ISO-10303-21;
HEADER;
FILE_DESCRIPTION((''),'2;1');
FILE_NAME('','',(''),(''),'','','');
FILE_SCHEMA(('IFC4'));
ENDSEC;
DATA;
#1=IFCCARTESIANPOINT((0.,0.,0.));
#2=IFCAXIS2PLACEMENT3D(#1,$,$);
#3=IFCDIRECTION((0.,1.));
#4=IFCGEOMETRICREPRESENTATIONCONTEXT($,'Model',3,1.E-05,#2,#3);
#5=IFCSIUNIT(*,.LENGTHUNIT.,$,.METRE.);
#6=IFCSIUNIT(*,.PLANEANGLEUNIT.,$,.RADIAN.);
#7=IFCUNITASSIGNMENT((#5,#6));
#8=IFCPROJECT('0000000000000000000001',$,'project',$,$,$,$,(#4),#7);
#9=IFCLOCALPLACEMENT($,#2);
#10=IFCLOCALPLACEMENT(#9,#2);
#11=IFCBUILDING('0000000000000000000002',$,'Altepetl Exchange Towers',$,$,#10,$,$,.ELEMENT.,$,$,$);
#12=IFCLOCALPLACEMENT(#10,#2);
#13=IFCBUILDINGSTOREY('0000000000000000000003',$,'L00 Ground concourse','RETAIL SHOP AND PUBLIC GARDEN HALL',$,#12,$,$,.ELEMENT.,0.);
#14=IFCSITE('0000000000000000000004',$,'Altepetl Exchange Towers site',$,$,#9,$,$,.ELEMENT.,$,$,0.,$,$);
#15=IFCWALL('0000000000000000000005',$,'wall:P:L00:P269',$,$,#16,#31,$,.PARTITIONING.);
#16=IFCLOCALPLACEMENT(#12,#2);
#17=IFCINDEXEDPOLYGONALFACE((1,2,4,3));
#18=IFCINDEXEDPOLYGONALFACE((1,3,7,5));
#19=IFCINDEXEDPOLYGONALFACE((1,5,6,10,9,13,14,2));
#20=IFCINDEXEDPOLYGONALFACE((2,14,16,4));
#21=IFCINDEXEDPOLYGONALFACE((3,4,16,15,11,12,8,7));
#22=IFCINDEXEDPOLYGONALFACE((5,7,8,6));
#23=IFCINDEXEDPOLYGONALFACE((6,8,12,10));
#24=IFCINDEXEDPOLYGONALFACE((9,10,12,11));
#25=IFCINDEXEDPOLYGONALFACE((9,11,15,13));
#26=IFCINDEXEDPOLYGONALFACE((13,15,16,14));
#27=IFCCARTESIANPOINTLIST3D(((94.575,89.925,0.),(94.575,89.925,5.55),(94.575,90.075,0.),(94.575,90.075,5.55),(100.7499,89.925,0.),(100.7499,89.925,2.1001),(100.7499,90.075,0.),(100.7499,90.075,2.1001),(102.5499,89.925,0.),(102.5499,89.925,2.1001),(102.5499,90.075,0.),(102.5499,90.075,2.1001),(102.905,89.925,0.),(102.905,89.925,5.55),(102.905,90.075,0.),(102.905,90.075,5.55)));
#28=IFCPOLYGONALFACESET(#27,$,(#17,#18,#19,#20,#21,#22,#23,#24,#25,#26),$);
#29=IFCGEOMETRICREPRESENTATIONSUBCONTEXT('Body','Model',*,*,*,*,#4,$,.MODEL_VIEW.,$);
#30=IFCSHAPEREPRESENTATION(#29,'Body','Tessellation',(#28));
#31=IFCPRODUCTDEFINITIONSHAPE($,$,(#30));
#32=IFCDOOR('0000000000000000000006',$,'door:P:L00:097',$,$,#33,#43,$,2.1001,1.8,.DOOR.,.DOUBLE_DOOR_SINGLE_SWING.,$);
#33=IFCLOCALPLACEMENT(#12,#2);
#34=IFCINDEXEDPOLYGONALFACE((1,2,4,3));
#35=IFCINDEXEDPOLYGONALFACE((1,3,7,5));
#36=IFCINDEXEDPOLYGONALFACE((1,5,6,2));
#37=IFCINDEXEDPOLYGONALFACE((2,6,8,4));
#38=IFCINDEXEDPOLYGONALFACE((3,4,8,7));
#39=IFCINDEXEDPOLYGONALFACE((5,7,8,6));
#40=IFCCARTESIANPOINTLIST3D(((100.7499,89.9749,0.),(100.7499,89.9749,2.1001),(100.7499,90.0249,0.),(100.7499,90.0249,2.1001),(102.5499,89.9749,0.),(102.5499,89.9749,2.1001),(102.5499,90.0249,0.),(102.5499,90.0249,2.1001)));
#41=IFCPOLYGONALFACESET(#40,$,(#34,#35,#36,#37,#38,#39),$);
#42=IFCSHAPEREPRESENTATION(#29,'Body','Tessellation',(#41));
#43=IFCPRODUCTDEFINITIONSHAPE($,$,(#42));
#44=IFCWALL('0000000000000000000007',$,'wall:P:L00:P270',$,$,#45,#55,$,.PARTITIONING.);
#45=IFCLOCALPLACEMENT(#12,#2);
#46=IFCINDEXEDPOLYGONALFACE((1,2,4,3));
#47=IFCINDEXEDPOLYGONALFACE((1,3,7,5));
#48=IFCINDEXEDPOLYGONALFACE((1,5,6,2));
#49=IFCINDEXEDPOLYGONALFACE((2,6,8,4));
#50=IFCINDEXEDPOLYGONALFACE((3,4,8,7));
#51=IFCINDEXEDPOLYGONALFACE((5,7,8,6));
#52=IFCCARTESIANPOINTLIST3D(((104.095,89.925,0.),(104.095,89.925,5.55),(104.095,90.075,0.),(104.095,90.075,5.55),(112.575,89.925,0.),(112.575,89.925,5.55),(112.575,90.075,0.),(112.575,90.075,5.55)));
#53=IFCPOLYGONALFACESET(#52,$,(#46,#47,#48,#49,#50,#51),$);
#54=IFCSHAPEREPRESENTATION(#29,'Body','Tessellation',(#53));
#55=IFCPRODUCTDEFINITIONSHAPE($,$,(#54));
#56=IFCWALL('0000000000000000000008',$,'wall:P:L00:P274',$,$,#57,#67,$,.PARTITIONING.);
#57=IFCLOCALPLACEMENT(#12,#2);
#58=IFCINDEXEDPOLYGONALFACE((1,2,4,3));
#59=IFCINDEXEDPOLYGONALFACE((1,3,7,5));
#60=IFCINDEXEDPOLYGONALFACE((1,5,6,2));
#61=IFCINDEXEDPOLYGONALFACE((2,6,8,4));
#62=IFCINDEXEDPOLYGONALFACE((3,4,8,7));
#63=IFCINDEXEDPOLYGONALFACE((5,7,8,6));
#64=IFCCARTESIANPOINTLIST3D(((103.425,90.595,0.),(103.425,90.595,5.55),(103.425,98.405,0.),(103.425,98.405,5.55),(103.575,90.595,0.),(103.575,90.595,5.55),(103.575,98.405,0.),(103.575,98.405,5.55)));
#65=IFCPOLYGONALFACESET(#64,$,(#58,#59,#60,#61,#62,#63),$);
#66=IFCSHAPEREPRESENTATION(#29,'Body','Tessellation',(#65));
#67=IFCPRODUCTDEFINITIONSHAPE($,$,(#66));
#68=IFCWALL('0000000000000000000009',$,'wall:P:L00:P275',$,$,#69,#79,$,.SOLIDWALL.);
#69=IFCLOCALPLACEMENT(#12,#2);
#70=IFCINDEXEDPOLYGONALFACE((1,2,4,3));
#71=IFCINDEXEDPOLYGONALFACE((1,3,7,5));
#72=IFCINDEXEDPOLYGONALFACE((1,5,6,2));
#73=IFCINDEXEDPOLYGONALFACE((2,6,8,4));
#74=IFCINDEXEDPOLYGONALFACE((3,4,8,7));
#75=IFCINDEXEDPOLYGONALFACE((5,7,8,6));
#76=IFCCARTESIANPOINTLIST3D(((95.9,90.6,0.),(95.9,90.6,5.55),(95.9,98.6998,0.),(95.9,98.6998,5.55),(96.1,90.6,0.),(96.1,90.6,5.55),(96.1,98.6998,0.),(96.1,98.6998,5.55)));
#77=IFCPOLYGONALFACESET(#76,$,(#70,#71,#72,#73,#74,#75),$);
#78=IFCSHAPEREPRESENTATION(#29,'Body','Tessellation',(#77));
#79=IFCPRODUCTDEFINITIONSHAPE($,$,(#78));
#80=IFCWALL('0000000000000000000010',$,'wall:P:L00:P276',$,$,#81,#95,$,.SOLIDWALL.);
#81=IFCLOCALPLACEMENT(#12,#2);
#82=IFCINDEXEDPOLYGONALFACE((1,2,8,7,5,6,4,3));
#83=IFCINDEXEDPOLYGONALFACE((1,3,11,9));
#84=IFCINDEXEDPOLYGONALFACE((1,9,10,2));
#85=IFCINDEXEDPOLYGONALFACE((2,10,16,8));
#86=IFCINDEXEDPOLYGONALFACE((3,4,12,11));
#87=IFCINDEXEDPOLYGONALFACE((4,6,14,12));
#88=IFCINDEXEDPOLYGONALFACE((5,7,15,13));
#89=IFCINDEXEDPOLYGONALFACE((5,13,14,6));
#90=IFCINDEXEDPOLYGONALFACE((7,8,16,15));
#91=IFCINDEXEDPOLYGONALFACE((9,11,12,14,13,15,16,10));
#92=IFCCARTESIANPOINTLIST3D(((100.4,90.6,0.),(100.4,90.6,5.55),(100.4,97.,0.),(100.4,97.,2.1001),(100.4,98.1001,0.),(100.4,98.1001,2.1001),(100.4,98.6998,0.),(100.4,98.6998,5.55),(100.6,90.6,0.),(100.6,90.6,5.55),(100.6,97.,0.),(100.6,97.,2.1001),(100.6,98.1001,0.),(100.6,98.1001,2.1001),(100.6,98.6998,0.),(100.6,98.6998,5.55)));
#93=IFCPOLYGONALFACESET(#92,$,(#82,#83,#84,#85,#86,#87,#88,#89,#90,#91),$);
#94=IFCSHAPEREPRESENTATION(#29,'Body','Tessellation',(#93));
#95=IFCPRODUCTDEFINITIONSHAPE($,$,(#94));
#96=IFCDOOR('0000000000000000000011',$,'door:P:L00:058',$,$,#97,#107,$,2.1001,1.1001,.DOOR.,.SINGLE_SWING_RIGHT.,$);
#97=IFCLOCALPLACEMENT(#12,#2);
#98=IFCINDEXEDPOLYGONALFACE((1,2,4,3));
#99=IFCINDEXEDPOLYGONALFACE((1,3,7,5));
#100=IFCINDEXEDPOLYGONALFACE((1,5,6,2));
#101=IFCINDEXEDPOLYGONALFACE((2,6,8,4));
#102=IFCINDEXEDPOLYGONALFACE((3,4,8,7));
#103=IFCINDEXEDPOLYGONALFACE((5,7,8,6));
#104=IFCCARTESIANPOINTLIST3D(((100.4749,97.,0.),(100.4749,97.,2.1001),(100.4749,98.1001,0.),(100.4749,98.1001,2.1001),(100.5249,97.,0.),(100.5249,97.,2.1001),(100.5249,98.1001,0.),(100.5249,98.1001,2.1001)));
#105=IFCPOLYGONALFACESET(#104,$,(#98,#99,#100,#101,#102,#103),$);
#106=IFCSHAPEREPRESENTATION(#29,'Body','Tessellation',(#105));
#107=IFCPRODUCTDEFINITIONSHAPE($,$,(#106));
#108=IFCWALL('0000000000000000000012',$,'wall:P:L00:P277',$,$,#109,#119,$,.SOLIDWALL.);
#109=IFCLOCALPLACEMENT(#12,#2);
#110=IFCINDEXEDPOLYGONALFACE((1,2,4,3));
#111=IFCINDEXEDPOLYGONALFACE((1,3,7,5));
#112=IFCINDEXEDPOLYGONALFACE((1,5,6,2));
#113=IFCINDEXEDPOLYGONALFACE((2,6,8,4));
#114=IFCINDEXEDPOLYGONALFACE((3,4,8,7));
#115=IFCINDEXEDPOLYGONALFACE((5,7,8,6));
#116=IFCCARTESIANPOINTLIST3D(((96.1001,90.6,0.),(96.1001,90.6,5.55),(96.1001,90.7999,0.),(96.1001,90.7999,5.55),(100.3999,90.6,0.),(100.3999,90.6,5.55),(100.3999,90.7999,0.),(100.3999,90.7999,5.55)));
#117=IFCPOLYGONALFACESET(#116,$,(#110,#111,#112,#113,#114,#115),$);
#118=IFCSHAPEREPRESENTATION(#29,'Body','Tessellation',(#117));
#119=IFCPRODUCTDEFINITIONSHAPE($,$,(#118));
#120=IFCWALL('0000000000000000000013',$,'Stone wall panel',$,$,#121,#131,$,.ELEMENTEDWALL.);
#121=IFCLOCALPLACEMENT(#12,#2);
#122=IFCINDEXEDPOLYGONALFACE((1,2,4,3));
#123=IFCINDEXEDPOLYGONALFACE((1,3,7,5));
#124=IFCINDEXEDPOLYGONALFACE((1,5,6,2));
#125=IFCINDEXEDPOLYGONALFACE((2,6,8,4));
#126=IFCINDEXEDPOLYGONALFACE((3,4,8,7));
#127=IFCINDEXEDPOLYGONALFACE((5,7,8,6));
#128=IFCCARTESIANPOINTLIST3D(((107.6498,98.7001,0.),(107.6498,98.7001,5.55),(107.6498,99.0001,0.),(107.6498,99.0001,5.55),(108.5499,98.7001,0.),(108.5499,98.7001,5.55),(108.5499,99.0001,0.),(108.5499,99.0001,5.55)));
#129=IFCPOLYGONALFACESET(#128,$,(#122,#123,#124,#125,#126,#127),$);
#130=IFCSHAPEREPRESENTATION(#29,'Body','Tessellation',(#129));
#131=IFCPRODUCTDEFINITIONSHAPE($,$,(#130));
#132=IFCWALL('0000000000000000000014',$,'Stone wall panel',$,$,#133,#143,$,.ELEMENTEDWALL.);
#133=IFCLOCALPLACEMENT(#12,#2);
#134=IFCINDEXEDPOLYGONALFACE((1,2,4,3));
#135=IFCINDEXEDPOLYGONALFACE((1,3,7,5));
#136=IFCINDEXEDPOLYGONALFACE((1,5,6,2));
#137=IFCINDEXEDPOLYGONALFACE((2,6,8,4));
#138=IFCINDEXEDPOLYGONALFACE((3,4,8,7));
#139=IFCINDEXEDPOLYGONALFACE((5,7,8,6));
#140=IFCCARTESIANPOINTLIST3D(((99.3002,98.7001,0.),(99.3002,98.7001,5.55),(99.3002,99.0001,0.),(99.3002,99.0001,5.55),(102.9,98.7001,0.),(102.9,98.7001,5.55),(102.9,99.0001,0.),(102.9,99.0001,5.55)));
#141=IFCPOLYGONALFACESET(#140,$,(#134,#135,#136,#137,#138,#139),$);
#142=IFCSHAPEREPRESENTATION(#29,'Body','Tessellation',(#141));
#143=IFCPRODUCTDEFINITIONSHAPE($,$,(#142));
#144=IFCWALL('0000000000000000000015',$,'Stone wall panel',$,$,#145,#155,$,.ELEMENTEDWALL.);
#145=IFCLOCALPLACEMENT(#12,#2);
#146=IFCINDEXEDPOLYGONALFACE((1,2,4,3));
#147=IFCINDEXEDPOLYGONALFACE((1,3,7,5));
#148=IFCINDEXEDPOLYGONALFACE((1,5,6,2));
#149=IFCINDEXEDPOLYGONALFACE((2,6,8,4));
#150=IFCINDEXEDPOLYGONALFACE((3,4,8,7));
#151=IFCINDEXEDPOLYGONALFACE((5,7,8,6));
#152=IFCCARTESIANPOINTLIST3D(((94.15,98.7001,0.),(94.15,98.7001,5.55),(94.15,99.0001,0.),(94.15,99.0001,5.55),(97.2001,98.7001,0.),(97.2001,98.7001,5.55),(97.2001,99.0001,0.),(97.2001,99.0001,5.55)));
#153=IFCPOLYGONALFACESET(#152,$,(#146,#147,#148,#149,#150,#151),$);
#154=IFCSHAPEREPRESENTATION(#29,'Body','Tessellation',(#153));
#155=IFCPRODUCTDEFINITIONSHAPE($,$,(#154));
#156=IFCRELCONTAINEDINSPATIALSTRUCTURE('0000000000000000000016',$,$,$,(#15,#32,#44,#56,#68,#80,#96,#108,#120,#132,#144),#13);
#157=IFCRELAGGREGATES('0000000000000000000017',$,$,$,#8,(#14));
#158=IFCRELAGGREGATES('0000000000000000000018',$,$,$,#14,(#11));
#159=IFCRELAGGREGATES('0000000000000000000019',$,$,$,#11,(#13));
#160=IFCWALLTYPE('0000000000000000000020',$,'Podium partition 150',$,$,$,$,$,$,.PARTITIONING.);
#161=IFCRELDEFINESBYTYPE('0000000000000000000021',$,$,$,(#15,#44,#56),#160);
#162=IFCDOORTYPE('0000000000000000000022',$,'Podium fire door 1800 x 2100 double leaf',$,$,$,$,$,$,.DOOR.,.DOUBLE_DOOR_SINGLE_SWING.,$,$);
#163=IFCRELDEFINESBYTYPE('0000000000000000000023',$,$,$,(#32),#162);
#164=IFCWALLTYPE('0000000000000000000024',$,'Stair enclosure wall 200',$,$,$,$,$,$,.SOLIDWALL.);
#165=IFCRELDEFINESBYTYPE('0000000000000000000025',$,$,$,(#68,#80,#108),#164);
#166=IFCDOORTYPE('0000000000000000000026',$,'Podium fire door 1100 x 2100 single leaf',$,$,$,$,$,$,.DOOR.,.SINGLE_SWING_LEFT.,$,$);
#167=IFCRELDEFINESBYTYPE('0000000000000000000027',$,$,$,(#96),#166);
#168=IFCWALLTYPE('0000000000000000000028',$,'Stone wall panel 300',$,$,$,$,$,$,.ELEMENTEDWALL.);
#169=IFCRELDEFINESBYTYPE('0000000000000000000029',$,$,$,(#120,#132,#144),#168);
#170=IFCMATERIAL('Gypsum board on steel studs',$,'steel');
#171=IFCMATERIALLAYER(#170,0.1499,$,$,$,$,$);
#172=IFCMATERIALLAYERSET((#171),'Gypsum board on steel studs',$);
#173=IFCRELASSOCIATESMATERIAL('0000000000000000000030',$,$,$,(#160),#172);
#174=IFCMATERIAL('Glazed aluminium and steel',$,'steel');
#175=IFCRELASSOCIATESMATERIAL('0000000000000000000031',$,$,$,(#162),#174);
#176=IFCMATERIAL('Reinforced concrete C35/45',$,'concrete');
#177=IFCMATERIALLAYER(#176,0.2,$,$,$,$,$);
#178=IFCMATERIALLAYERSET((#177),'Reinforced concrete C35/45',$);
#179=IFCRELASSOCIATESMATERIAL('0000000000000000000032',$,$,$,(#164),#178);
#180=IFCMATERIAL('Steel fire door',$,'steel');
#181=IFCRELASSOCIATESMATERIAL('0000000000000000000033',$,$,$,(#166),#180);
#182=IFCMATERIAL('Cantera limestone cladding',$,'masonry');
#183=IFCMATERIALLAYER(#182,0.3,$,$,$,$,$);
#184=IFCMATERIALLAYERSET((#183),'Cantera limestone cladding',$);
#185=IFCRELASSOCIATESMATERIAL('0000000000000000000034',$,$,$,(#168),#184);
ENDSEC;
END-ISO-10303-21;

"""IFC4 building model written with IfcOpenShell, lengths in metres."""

from ifc_helpers import new_model, si_unit, direction, frame, frame_2d, origin, place, context, subcontext, project, spatial, rectangle, extrude, material, layer, layer_set, type_object, element, fill, save


model = new_model("IFC4")

# Units and contexts
model_context = context("Model", 3, precision=1e-05, world=origin(), true_north=direction((0.0, 1.0)))
body_context = subcontext(model_context, "Body", "Model", "MODEL_VIEW")
ifc_project = project(units=[si_unit("LENGTHUNIT", "METRE"), si_unit("PLANEANGLEUNIT", "RADIAN")], contexts=[model_context])

# Site, building, storey
site_placement = place(None, origin())
site = spatial("IfcSite", under=ifc_project, at=site_placement, Name="Altepetl Exchange Towers site", CompositionType="ELEMENT", RefElevation=0.0)
building_placement = place(site_placement, origin())
building = spatial("IfcBuilding", under=site, at=building_placement, Name="Altepetl Exchange Towers", CompositionType="ELEMENT")
storey_placement = place(building_placement, origin())
storey = spatial("IfcBuildingStorey", under=building, at=storey_placement, Name="L00 Ground concourse", Description="RETAIL SHOP AND PUBLIC GARDEN HALL", CompositionType="ELEMENT", Elevation=0.0)

# Shared definitions
ifc_material_1 = material(Name="Gypsum board on steel studs", Category="steel")
ifc_layer_1 = layer(ifc_material_1, 0.1499)
ifc_layer_set_1 = layer_set([ifc_layer_1], Name="Gypsum board on steel studs")
wall_type_1 = type_object("IfcWallType", Name="Podium partition 150", PredefinedType="PARTITIONING", material=ifc_layer_set_1)
ifc_material_2 = material(Name="Glazed aluminium and steel", Category="steel")
door_type_1 = type_object("IfcDoorType", Name="Podium fire door 1800 x 2100 double leaf", OperationType="DOUBLE_DOOR_SINGLE_SWING", PredefinedType="DOOR", material=ifc_material_2)

# Wall, opening, door
wall_1_placement = place(storey_placement, frame((94.575, 90.0, 0.0)))
wall_1 = element("IfcWall", 1, at=wall_1_placement, inside=storey, type_object=wall_type_1, Name="wall:P:L00:P269", PredefinedType="PARTITIONING", context=body_context, shape_type="SweptSolid", body=[
    extrude(rectangle(XDim=8.3301, YDim=0.1499, at=frame_2d((4.165, 0.0))), origin(), (0.0, 0.0, 1.0), 5.55),
])
opening_1_placement = place(wall_1_placement, frame((6.175, 0.0, 0.0)))
opening_1 = element("IfcOpeningElement", 2, at=opening_1_placement, cuts=wall_1, PredefinedType="OPENING", context=body_context, shape_type="SweptSolid", body=[
    extrude(rectangle(XDim=1.8, YDim=2.1001, at=frame_2d((0.8999, 1.05))), frame((0.0, 0.085, 0.0), z_axis=(0.0, -1.0, 0.0), x_axis=(1.0, 0.0, 0.0)), (0.0, 0.0, 1.0), 0.1699),
])
door_1_placement = place(opening_1_placement, origin())
door_1 = element("IfcDoor", 3, at=door_1_placement, inside=storey, type_object=door_type_1, Name="door:P:L00:097", OperationType="DOUBLE_DOOR_SINGLE_SWING", OverallHeight=2.1001, OverallWidth=1.8, PredefinedType="DOOR", context=body_context, shape_type="SweptSolid", body=[
    extrude(rectangle(XDim=1.8, YDim=2.1001, at=frame_2d((0.8999, 1.05))), frame((0.0, 0.0249, 0.0), z_axis=(0.0, -1.0, 0.0), x_axis=(1.0, 0.0, 0.0)), (0.0, 0.0, 1.0), 0.05),
])
fill(opening_1, door_1)

# Walls
wall_2_placement = place(storey_placement, frame((104.095, 90.0, 0.0)))
element("IfcWall", 4, at=wall_2_placement, inside=storey, type_object=wall_type_1, Name="wall:P:L00:P270", PredefinedType="PARTITIONING", context=body_context, shape_type="SweptSolid", body=[
    extrude(rectangle(XDim=8.48, YDim=0.1499, at=frame_2d((4.24, 0.0))), origin(), (0.0, 0.0, 1.0), 5.55),
])
wall_3_placement = place(storey_placement, frame((103.5, 90.595, 0.0), z_axis=(0.0, 0.0, 1.0), x_axis=(0.0, 1.0, 0.0)))
element("IfcWall", 5, at=wall_3_placement, inside=storey, type_object=wall_type_1, Name="wall:P:L00:P274", PredefinedType="PARTITIONING", context=body_context, shape_type="SweptSolid", body=[
    extrude(rectangle(XDim=7.8101, YDim=0.1499, at=frame_2d((3.905, 0.0))), origin(), (0.0, 0.0, 1.0), 5.55),
])
ifc_material_3 = material(Name="Reinforced concrete C35/45", Category="concrete")
ifc_layer_2 = layer(ifc_material_3, 0.2)
ifc_layer_set_2 = layer_set([ifc_layer_2], Name="Reinforced concrete C35/45")
wall_type_2 = type_object("IfcWallType", Name="Stair enclosure wall 200", PredefinedType="SOLIDWALL", material=ifc_layer_set_2)
wall_4_placement = place(storey_placement, frame((96.0, 90.6001, 0.0), z_axis=(0.0, 0.0, 1.0), x_axis=(0.0, 1.0, 0.0)))
element("IfcWall", 6, at=wall_4_placement, inside=storey, type_object=wall_type_2, Name="wall:P:L00:P275", PredefinedType="SOLIDWALL", context=body_context, shape_type="SweptSolid", body=[
    extrude(rectangle(XDim=8.0999, YDim=0.2, at=frame_2d((4.0498, 0.0))), origin(), (0.0, 0.0, 1.0), 5.55),
])

# Wall, opening, door
wall_5_placement = place(storey_placement, frame((100.5, 90.6001, 0.0), z_axis=(0.0, 0.0, 1.0), x_axis=(0.0, 1.0, 0.0)))
wall_5 = element("IfcWall", 7, at=wall_5_placement, inside=storey, type_object=wall_type_2, Name="wall:P:L00:P276", PredefinedType="SOLIDWALL", context=body_context, shape_type="SweptSolid", body=[
    extrude(rectangle(XDim=8.0999, YDim=0.2, at=frame_2d((4.0498, 0.0))), origin(), (0.0, 0.0, 1.0), 5.55),
])
opening_2_placement = place(wall_5_placement, frame((6.3999, 0.0, 0.0)))
opening_2 = element("IfcOpeningElement", 8, at=opening_2_placement, cuts=wall_5, PredefinedType="OPENING", context=body_context, shape_type="SweptSolid", body=[
    extrude(rectangle(XDim=1.1001, YDim=2.1001, at=frame_2d((0.55, 1.05))), frame((0.0, 0.1099, 0.0), z_axis=(0.0, -1.0, 0.0), x_axis=(1.0, 0.0, 0.0)), (0.0, 0.0, 1.0), 0.22),
])
ifc_material_4 = material(Name="Steel fire door", Category="steel")
door_type_2 = type_object("IfcDoorType", Name="Podium fire door 1100 x 2100 single leaf", OperationType="SINGLE_SWING_LEFT", PredefinedType="DOOR", material=ifc_material_4)
door_2_placement = place(opening_2_placement, frame((1.1001, 0.0, 0.0), x_axis=(-1.0, 0.0, 0.0)))
door_2 = element("IfcDoor", 9, at=door_2_placement, inside=storey, type_object=door_type_2, Name="door:P:L00:058", OperationType="SINGLE_SWING_RIGHT", OverallHeight=2.1001, OverallWidth=1.1001, PredefinedType="DOOR", context=body_context, shape_type="SweptSolid", body=[
    extrude(rectangle(XDim=1.1001, YDim=2.1001, at=frame_2d((0.55, 1.05))), frame((0.0, 0.0249, 0.0), z_axis=(0.0, -1.0, 0.0), x_axis=(1.0, 0.0, 0.0)), (0.0, 0.0, 1.0), 0.05),
])
fill(opening_2, door_2)

# Walls
wall_6_placement = place(storey_placement, frame((96.1001, 90.7, 0.0)))
element("IfcWall", 10, at=wall_6_placement, inside=storey, type_object=wall_type_2, Name="wall:P:L00:P277", PredefinedType="SOLIDWALL", context=body_context, shape_type="SweptSolid", body=[
    extrude(rectangle(XDim=4.2998, YDim=0.2, at=frame_2d((2.1499, 0.0))), origin(), (0.0, 0.0, 1.0), 5.55),
])
ifc_material_5 = material(Name="Cantera limestone cladding", Category="masonry")
ifc_layer_3 = layer(ifc_material_5, 0.3)
ifc_layer_set_3 = layer_set([ifc_layer_3], Name="Cantera limestone cladding")
wall_type_3 = type_object("IfcWallType", Name="Stone wall panel 300", PredefinedType="ELEMENTEDWALL", material=ifc_layer_set_3)
wall_7_placement = place(storey_placement, frame((108.55, 98.8501, 0.0), z_axis=(0.0, 0.0, 1.0), x_axis=(-1.0, 0.0, 0.0)))
element("IfcWall", 11, at=wall_7_placement, inside=storey, type_object=wall_type_3, Name="Stone wall panel", PredefinedType="ELEMENTEDWALL", context=body_context, shape_type="SweptSolid", body=[
    extrude(rectangle(XDim=0.9001, YDim=0.3, at=frame_2d((0.4502, 0.0))), origin(), (0.0, 0.0, 1.0), 5.55),
])
wall_8_placement = place(storey_placement, frame((102.8999, 98.8501, 0.0), z_axis=(0.0, 0.0, 1.0), x_axis=(-1.0, 0.0, 0.0)))
element("IfcWall", 12, at=wall_8_placement, inside=storey, type_object=wall_type_3, Name="Stone wall panel", PredefinedType="ELEMENTEDWALL", context=body_context, shape_type="SweptSolid", body=[
    extrude(rectangle(XDim=3.5999, YDim=0.3, at=frame_2d((1.7998, 0.0))), origin(), (0.0, 0.0, 1.0), 5.55),
])

# Wall
wall_9_placement = place(storey_placement, frame((97.2, 98.8501, 0.0), z_axis=(0.0, 0.0, 1.0), x_axis=(-1.0, 0.0, 0.0)))
element("IfcWall", 13, at=wall_9_placement, inside=storey, type_object=wall_type_3, Name="Stone wall panel", PredefinedType="ELEMENTEDWALL", context=body_context, shape_type="SweptSolid", body=[
    extrude(rectangle(XDim=3.05, YDim=0.3, at=frame_2d((1.5249, 0.0))), origin(), (0.0, 0.0, 1.0), 5.55),
])

save(model, "model.ifc")
